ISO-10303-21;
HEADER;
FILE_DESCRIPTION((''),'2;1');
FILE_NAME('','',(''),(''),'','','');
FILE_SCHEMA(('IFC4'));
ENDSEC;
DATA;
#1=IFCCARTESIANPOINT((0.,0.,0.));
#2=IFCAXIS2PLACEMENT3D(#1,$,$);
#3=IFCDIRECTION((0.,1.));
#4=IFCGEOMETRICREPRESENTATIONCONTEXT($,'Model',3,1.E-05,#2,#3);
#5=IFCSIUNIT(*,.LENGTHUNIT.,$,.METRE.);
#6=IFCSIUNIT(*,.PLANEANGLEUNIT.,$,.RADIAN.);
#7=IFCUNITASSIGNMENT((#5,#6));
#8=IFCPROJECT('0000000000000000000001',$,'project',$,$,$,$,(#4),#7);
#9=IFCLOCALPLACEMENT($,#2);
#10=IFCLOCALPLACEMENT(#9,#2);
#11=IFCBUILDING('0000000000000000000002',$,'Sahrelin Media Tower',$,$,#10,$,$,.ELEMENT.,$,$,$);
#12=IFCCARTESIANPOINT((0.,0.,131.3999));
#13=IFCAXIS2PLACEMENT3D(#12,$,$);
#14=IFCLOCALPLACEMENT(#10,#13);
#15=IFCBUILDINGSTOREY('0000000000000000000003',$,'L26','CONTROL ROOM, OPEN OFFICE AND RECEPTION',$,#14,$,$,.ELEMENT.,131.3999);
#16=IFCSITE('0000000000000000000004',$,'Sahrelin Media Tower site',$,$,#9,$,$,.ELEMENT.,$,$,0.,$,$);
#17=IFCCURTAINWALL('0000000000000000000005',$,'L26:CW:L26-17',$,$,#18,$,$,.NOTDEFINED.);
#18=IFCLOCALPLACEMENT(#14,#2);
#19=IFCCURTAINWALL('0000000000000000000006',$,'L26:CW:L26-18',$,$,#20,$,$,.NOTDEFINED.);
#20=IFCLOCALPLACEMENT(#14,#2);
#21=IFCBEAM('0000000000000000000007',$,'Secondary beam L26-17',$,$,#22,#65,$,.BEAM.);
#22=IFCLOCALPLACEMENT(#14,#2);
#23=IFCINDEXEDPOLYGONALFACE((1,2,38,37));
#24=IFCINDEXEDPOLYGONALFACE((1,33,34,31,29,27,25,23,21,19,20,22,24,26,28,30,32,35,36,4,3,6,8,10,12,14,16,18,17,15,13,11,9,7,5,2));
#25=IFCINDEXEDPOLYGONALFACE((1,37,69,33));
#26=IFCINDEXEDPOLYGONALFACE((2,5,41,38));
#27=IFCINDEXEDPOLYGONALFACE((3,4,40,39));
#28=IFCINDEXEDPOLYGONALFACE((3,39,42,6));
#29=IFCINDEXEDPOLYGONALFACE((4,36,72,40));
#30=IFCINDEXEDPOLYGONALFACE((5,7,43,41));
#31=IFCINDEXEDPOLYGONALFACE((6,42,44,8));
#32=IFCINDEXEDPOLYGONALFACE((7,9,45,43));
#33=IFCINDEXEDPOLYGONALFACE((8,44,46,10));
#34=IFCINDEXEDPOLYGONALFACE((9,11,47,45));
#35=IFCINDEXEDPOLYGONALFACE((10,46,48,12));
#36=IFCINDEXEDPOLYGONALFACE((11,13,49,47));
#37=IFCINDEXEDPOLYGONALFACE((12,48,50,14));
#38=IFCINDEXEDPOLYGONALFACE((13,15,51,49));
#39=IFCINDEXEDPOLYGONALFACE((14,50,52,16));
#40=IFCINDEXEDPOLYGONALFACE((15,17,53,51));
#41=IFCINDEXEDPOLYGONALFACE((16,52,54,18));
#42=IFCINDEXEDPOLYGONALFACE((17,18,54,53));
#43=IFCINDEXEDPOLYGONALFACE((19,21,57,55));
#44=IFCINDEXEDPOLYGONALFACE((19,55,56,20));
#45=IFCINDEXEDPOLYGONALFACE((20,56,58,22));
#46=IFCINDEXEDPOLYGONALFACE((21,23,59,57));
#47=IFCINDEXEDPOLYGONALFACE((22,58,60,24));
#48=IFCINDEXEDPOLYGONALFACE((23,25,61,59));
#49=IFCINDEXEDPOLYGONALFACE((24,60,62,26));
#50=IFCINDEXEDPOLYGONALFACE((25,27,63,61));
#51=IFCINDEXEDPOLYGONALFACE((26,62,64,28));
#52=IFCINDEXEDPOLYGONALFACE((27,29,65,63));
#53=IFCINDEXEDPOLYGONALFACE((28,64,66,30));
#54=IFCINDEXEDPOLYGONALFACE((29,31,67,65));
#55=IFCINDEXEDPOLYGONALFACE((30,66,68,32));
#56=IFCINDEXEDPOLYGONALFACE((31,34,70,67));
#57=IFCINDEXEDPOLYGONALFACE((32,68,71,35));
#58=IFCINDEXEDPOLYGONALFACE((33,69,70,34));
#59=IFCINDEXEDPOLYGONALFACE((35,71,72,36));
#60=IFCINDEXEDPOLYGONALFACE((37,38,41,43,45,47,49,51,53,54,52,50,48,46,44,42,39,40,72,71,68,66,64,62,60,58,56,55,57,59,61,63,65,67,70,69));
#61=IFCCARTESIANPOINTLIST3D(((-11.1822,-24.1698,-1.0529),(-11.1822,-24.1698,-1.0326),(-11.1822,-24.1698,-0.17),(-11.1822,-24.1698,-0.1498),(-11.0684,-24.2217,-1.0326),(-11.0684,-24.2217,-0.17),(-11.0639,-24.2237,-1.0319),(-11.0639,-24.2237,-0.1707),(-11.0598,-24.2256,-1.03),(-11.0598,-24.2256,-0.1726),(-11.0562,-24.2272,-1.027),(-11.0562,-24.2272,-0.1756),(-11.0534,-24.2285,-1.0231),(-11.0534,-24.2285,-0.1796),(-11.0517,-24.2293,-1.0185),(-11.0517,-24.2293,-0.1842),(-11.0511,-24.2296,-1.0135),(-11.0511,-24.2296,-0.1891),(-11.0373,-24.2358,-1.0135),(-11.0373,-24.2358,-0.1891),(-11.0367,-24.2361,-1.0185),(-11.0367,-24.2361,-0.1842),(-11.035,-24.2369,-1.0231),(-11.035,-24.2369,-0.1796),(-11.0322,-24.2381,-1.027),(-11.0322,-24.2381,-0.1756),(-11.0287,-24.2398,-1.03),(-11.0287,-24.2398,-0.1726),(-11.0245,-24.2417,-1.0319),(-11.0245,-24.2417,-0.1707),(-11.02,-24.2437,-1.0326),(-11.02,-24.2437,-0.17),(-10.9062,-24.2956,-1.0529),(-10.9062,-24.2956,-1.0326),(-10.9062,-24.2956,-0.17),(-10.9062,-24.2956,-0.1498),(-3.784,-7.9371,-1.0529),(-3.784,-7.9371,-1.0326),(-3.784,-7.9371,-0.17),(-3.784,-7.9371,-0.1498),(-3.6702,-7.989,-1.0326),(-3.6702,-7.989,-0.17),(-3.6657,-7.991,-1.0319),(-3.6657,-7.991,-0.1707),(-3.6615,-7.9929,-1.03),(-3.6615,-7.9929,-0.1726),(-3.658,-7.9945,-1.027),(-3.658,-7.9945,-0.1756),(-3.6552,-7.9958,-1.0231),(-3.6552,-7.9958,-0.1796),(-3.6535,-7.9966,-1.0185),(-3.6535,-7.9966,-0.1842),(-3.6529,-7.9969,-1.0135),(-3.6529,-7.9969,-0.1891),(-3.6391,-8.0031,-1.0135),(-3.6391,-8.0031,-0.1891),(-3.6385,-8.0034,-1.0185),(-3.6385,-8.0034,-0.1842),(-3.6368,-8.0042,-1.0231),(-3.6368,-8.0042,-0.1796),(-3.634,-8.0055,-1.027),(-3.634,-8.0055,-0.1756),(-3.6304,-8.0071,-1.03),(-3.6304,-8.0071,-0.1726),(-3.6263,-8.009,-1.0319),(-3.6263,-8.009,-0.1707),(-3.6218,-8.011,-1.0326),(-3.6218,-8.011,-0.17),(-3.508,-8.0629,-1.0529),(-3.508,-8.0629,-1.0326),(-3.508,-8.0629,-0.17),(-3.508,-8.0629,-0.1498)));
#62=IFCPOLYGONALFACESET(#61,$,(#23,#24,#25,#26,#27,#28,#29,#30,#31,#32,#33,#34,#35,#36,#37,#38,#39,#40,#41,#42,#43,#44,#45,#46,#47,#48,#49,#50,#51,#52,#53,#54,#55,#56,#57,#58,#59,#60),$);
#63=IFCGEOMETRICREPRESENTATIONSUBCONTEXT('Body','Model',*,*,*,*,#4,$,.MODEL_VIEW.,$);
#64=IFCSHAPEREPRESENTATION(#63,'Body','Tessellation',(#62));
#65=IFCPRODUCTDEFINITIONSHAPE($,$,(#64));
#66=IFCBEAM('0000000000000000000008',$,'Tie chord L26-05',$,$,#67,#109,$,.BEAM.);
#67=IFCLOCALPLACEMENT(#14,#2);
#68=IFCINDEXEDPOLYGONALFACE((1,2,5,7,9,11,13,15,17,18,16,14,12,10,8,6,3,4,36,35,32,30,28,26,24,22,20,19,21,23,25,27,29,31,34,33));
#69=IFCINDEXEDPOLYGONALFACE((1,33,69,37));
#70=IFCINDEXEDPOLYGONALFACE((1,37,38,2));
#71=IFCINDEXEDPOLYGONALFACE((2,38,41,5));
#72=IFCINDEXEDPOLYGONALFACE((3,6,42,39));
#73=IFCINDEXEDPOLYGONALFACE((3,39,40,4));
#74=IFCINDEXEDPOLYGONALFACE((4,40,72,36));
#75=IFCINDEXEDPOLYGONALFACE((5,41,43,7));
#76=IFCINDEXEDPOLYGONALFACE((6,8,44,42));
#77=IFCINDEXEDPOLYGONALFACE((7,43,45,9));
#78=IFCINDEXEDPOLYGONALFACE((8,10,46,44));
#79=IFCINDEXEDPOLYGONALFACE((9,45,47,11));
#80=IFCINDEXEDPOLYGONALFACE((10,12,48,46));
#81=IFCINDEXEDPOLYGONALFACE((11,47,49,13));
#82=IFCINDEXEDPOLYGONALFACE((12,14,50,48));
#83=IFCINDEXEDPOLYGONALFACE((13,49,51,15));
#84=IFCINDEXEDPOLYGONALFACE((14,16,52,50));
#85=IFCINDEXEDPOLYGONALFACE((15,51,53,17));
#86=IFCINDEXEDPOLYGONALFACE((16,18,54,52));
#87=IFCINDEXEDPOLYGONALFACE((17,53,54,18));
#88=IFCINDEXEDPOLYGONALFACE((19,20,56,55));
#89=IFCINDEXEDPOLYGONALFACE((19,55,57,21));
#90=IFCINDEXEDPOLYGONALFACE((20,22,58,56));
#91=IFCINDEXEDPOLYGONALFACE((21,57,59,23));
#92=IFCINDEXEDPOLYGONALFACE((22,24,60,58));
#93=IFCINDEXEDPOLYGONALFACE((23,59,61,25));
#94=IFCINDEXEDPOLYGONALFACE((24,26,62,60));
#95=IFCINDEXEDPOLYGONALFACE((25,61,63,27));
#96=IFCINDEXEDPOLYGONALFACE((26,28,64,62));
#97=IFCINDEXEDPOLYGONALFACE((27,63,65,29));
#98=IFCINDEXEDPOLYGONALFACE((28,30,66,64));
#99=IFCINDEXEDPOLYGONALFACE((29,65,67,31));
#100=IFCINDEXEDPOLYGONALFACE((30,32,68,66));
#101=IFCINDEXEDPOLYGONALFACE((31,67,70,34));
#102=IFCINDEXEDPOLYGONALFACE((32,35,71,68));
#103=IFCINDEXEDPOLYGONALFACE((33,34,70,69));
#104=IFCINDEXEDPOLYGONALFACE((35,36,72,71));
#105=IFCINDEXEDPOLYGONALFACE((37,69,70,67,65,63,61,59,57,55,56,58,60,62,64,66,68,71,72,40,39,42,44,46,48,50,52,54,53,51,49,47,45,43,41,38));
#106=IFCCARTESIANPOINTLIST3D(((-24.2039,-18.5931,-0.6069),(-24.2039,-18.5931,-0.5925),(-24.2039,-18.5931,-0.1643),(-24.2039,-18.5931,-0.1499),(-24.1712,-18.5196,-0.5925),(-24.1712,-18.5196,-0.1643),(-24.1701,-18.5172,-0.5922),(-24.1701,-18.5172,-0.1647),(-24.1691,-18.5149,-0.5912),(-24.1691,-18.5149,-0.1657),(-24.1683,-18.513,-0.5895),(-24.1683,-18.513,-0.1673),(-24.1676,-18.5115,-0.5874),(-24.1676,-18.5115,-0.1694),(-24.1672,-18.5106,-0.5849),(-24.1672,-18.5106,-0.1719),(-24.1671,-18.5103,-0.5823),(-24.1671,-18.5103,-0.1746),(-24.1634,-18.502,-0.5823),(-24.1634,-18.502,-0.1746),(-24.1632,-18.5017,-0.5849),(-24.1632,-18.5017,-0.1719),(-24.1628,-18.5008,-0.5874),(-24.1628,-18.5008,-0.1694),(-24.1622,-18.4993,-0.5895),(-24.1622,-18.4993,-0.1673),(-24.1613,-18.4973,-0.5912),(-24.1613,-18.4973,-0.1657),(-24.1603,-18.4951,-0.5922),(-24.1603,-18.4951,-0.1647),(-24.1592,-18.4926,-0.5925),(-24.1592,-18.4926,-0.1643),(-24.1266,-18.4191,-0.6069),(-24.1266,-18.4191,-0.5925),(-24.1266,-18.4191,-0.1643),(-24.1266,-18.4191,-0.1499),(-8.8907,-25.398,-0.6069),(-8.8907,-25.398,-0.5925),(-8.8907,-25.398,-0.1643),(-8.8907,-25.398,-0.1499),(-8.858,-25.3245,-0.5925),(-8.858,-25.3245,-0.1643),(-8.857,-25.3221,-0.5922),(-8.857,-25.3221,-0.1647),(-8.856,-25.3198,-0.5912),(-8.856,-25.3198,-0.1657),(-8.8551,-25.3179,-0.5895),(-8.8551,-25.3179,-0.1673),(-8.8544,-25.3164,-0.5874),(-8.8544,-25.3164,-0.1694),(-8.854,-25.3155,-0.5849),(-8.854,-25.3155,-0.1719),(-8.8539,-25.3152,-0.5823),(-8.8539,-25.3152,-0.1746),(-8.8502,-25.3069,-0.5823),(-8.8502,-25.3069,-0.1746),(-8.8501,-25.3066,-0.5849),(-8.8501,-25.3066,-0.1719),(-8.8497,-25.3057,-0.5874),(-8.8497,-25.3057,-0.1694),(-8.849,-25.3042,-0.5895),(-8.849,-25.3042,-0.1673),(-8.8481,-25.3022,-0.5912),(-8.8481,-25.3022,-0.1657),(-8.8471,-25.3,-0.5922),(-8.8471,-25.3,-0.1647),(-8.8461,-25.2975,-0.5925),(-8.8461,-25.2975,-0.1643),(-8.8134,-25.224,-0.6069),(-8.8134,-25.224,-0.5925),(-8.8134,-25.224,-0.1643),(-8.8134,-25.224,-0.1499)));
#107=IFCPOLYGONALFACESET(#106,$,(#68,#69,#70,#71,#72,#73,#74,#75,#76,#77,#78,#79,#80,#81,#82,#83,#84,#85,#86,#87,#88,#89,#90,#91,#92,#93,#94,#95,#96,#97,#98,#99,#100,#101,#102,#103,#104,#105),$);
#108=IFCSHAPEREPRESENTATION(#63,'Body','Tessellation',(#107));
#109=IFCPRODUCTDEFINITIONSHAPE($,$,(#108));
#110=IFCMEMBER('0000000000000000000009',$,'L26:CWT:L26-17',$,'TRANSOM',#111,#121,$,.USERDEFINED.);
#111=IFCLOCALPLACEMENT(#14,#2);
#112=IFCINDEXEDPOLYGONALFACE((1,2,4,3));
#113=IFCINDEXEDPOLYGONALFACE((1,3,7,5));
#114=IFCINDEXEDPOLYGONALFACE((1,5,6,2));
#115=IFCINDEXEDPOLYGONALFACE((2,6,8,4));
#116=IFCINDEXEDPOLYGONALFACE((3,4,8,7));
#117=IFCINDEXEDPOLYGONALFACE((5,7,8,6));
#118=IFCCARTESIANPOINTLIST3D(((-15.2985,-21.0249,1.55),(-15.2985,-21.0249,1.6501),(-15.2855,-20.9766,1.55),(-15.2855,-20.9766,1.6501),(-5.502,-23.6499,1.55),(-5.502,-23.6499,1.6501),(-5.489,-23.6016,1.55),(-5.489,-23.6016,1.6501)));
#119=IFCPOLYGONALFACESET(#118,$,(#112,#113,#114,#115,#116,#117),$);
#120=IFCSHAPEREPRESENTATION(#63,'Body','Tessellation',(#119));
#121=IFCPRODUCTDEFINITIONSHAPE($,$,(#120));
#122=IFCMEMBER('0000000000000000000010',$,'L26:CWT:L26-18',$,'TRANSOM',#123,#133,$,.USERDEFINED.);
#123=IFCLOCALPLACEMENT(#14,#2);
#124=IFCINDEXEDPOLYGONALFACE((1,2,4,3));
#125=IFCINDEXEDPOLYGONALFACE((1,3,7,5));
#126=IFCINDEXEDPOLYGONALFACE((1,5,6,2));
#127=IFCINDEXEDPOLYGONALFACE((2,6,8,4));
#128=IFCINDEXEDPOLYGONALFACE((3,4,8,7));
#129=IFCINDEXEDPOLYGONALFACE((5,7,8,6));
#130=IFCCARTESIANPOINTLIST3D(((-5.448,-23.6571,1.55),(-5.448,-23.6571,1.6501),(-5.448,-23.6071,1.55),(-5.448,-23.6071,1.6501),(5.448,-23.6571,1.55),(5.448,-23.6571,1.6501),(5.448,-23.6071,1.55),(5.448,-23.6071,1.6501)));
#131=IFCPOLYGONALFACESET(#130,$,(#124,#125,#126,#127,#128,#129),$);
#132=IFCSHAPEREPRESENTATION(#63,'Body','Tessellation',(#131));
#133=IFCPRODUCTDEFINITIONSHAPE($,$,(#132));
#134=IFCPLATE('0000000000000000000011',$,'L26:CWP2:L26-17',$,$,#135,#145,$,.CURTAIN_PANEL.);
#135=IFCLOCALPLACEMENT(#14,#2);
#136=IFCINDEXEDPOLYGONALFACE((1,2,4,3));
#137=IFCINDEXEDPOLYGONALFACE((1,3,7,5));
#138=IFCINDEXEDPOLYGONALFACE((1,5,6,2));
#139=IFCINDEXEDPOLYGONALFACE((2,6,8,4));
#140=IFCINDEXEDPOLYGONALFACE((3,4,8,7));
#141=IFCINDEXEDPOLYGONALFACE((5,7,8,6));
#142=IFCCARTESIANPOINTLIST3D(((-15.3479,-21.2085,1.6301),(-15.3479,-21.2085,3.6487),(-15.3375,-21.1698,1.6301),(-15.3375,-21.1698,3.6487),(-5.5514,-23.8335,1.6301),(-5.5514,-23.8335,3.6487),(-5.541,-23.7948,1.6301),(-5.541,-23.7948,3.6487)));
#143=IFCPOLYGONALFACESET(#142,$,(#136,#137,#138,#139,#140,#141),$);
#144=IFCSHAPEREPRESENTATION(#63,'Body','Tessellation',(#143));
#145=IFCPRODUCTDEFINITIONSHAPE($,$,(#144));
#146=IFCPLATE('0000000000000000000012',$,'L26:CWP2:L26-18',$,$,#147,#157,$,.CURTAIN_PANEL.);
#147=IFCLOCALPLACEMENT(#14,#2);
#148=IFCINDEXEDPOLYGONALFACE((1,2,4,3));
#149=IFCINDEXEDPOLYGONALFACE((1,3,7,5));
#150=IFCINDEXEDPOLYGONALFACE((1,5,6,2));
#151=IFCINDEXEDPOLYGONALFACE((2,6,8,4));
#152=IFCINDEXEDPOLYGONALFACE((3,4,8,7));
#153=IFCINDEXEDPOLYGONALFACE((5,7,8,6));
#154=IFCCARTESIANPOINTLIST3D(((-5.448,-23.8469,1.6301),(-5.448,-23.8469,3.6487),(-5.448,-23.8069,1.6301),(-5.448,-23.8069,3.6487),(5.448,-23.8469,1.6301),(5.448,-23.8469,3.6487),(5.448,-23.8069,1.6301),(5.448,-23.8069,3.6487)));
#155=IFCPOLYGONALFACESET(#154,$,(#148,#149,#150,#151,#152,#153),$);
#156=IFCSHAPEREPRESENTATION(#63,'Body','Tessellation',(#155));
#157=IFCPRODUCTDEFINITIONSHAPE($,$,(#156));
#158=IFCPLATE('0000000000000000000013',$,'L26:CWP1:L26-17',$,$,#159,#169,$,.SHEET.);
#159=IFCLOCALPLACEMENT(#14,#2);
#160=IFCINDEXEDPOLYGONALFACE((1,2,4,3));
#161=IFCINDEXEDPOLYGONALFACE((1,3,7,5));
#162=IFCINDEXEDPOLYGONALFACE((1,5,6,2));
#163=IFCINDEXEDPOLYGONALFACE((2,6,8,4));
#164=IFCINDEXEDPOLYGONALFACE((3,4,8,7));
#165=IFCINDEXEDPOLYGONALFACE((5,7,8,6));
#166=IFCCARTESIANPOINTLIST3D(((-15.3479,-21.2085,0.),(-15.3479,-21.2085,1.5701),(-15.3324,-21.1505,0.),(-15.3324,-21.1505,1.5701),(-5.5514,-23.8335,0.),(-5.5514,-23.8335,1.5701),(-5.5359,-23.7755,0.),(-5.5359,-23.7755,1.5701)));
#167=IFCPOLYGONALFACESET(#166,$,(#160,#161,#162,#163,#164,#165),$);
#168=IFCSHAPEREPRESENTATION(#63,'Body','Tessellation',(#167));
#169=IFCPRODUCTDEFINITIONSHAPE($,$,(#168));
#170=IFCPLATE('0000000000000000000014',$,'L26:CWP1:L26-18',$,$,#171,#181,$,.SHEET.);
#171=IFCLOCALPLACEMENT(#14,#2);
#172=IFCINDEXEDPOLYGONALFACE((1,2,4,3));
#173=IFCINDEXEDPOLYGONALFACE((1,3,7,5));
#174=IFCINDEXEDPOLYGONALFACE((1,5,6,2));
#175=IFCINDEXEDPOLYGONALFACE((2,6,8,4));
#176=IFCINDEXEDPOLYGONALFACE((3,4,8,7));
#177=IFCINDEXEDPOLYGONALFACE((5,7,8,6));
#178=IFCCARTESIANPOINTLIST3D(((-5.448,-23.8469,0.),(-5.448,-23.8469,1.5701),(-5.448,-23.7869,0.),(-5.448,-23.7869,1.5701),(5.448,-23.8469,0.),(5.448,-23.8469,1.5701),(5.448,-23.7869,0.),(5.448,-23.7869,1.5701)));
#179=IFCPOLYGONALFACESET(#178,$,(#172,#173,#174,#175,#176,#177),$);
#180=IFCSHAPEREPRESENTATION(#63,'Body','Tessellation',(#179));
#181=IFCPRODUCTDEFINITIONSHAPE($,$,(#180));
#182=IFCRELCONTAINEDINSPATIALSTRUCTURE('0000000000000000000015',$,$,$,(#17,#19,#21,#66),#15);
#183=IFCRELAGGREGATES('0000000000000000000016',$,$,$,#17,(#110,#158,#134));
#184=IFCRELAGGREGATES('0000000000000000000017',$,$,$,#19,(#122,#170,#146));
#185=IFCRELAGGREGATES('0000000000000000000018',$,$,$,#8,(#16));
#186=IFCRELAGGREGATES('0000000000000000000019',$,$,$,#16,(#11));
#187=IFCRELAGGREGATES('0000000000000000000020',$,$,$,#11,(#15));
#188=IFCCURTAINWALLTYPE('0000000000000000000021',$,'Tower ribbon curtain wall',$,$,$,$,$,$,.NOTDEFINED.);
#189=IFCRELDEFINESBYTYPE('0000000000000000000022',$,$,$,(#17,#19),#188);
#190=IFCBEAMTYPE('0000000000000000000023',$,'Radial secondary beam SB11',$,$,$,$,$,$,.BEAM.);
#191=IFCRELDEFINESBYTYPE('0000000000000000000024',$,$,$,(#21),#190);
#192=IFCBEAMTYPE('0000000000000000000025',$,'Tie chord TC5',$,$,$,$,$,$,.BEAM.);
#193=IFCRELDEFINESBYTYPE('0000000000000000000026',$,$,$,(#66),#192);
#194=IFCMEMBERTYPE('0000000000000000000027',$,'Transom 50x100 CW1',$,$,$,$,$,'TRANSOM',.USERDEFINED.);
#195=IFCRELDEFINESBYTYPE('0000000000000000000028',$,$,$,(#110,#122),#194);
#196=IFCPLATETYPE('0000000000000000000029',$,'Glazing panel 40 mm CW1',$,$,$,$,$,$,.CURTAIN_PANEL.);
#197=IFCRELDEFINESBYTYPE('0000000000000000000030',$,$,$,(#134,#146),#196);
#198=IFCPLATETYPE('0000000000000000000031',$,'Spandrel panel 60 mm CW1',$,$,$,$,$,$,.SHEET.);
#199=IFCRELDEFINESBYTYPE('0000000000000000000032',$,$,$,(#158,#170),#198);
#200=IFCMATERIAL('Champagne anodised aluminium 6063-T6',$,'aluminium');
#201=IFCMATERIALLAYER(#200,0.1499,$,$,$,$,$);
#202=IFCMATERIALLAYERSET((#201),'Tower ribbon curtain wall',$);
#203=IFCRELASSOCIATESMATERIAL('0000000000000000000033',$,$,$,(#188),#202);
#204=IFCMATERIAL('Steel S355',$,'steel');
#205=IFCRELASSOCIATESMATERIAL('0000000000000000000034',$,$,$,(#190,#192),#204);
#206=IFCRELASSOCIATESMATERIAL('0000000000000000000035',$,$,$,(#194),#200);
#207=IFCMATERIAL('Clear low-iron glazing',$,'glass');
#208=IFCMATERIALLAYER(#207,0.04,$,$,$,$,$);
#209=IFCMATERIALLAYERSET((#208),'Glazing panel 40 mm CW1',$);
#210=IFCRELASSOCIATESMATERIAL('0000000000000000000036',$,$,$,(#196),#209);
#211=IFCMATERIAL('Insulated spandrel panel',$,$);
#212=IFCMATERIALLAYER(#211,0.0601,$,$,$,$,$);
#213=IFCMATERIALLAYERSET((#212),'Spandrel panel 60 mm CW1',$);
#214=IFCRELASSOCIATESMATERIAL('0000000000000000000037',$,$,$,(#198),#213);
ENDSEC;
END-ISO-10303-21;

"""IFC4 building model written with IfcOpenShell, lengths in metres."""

from ifc_helpers import new_model, si_unit, direction, frame, origin, origin_2d, place, context, subcontext, project, spatial, polyline, rectangle, i_section, outline, extrude, material, layer, layer_set, material_profile, profile_set, type_object, element, aggregate, save


model = new_model("IFC4")

# Units and contexts
model_context = context("Model", 3, precision=1e-05, world=origin(), true_north=direction((0.0, 1.0)))
body_context = subcontext(model_context, "Body", "Model", "MODEL_VIEW")
ifc_project = project(units=[si_unit("LENGTHUNIT", "METRE"), si_unit("PLANEANGLEUNIT", "RADIAN")], contexts=[model_context])

# Site, building, storey
site_placement = place(None, origin())
site = spatial("IfcSite", under=ifc_project, at=site_placement, Name="Sahrelin Media Tower site", CompositionType="ELEMENT", RefElevation=0.0)
building_placement = place(site_placement, origin())
building = spatial("IfcBuilding", under=site, at=building_placement, Name="Sahrelin Media Tower", CompositionType="ELEMENT")
storey_placement = place(building_placement, frame((0.0, 0.0, 131.3999)))
storey = spatial("IfcBuildingStorey", under=building, at=storey_placement, Name="L26", Description="CONTROL ROOM, OPEN OFFICE AND RECEPTION", CompositionType="ELEMENT", Elevation=131.3999)

# Shared definitions
ifc_material_1 = material(Name="Steel S355", Category="steel")

# Curtain walls
ifc_material_2 = material(Name="Champagne anodised aluminium 6063-T6", Category="aluminium")
ifc_layer_1 = layer(ifc_material_2, 0.1499)
ifc_layer_set_1 = layer_set([ifc_layer_1], Name="Tower ribbon curtain wall")
curtain_wall_type = type_object("IfcCurtainWallType", Name="Tower ribbon curtain wall", PredefinedType="NOTDEFINED", material=ifc_layer_set_1)
curtain_wall_1_placement = place(storey_placement, frame((-10.4443, -22.5017, 0.0), z_axis=(0.0, 0.0, 1.0), x_axis=(1.0, 0.0, 0.0)))
curtain_wall_1 = element("IfcCurtainWall", 1, at=curtain_wall_1_placement, inside=storey, type_object=curtain_wall_type, Name="L26:CW:L26-17", PredefinedType="NOTDEFINED")
curtain_wall_2_placement = place(storey_placement, frame((0.0, -23.8269, 0.0), z_axis=(0.0, 0.0, 1.0), x_axis=(1.0, 0.0, 0.0)))
curtain_wall_2 = element("IfcCurtainWall", 2, at=curtain_wall_2_placement, inside=storey, type_object=curtain_wall_type, Name="L26:CW:L26-18", PredefinedType="NOTDEFINED")

# Beams
ifc_material_profile_1 = material_profile(ifc_material_1, i_section(OverallWidth=0.3032, OverallDepth=0.9031, WebThickness=0.0151, FlangeThickness=0.0203, FilletRadius=0.019, at=origin_2d()), Name="UB 914x305x201")
ifc_profile_set_1 = profile_set([ifc_material_profile_1], Name="Steel S355")
beam_type_1 = type_object("IfcBeamType", Name="Radial secondary beam SB11", PredefinedType="BEAM", material=ifc_profile_set_1)
beam_1_placement = place(storey_placement, frame((-3.646, -8.0, -0.6013), z_axis=(-0.414718, -0.90995, 0.0), x_axis=(0.90995, -0.414718, 0.0)))
element("IfcBeam", 3, at=beam_1_placement, inside=storey, type_object=beam_type_1, Name="Secondary beam L26-17", PredefinedType="BEAM", context=body_context, shape_type="SweptSolid", body=[
    extrude(i_section(OverallWidth=0.3032, OverallDepth=0.9031, WebThickness=0.0151, FlangeThickness=0.0203, FilletRadius=0.019, at=origin_2d()), origin(), (0.0, 0.0, 1.0), 17.8391),
])
ifc_material_profile_2 = material_profile(ifc_material_1, i_section(OverallWidth=0.1904, OverallDepth=0.457, WebThickness=0.009, FlangeThickness=0.0144, FilletRadius=0.0103, at=origin_2d()), Name="UB 457x191x74")
ifc_profile_set_2 = profile_set([ifc_material_profile_2], Name="Steel S355")
beam_type_2 = type_object("IfcBeamType", Name="Tie chord TC5", PredefinedType="BEAM", material=ifc_profile_set_2)
beam_2_placement = place(storey_placement, frame((-8.8521, -25.311, -0.3784), z_axis=(-0.913833, 0.406091, 0.0), x_axis=(-0.406091, -0.913833, 0.0)))
element("IfcBeam", 4, at=beam_2_placement, inside=storey, type_object=beam_type_2, Name="Tie chord L26-05", PredefinedType="BEAM", context=body_context, shape_type="SweptSolid", body=[
    extrude(i_section(OverallWidth=0.1904, OverallDepth=0.457, WebThickness=0.009, FlangeThickness=0.0144, FilletRadius=0.0103, at=origin_2d()), origin(), (0.0, 0.0, 1.0), 16.7571),
])

# Members
ifc_material_profile_3 = material_profile(ifc_material_2, rectangle(XDim=0.05, YDim=0.1001, at=origin_2d()), Name="Transom 50x100")
ifc_profile_set_3 = profile_set([ifc_material_profile_3], Name="Champagne anodised aluminium 6063-T6")
member_type_1 = type_object("IfcMemberType", Name="Transom 50x100 CW1", ElementType="TRANSOM", PredefinedType="USERDEFINED", material=ifc_profile_set_3)
member_1_placement = place(storey_placement, frame((-15.292, -21.0007, 1.6001), z_axis=(0.965924, -0.258825, 0.0), x_axis=(0.258825, 0.965924, 0.0)))
member_1 = element("IfcMember", 5, at=member_1_placement, type_object=member_type_1, Name="L26:CWT:L26-17", ObjectType="TRANSOM", PredefinedType="USERDEFINED", context=body_context, shape_type="SweptSolid", body=[
    extrude(rectangle(XDim=0.05, YDim=0.1001, at=origin_2d()), origin(), (0.0, 0.0, 1.0), 10.1421),
])
member_2_placement = place(storey_placement, frame((-5.448, -23.6321, 1.6001), z_axis=(1.0, 0.0, 0.0), x_axis=(0.0, 1.0, 0.0)))
member_2 = element("IfcMember", 6, at=member_2_placement, type_object=member_type_1, Name="L26:CWT:L26-18", ObjectType="TRANSOM", PredefinedType="USERDEFINED", context=body_context, shape_type="SweptSolid", body=[
    extrude(rectangle(XDim=0.05, YDim=0.1001, at=origin_2d()), origin(), (0.0, 0.0, 1.0), 10.896),
])

# Plates
ifc_material_3 = material(Name="Clear low-iron glazing", Category="glass")
ifc_layer_2 = layer(ifc_material_3, 0.04)
ifc_layer_set_2 = layer_set([ifc_layer_2], Name="Glazing panel 40 mm CW1")
plate_type_1 = type_object("IfcPlateType", Name="Glazing panel 40 mm CW1", PredefinedType="CURTAIN_PANEL", material=ifc_layer_set_2)
plate_1_placement = place(storey_placement, frame((-15.3479, -21.2085, 1.6301), z_axis=(-0.258825, -0.965924, 0.0), x_axis=(0.965924, -0.258825, 0.0)))
plate_1 = element("IfcPlate", 7, at=plate_1_placement, type_object=plate_type_1, Name="L26:CWP2:L26-17", PredefinedType="CURTAIN_PANEL", context=body_context, shape_type="SweptSolid", body=[
    extrude(outline(polyline([(0.0, 0.0), (10.1421, 0.0), (10.1421, 2.0186), (0.0, 2.0186), (0.0, 0.0)])), origin(), (0.0, 0.0, -1.0), 0.04),
])
plate_2_placement = place(storey_placement, frame((-5.448, -23.8469, 1.6301), z_axis=(0.0, -1.0, 0.0), x_axis=(1.0, 0.0, 0.0)))
plate_2 = element("IfcPlate", 8, at=plate_2_placement, type_object=plate_type_1, Name="L26:CWP2:L26-18", PredefinedType="CURTAIN_PANEL", context=body_context, shape_type="SweptSolid", body=[
    extrude(outline(polyline([(0.0, 0.0), (10.896, 0.0), (10.896, 2.0186), (0.0, 2.0186), (0.0, 0.0)])), origin(), (0.0, 0.0, -1.0), 0.04),
])
ifc_material_4 = material(Name="Insulated spandrel panel")
ifc_layer_3 = layer(ifc_material_4, 0.0601)
ifc_layer_set_3 = layer_set([ifc_layer_3], Name="Spandrel panel 60 mm CW1")
plate_type_2 = type_object("IfcPlateType", Name="Spandrel panel 60 mm CW1", PredefinedType="SHEET", material=ifc_layer_set_3)
plate_3_placement = place(storey_placement, frame((-15.3479, -21.2085, 0.0), z_axis=(-0.258825, -0.965924, 0.0), x_axis=(0.965924, -0.258825, 0.0)))
plate_3 = element("IfcPlate", 9, at=plate_3_placement, type_object=plate_type_2, Name="L26:CWP1:L26-17", PredefinedType="SHEET", context=body_context, shape_type="SweptSolid", body=[
    extrude(outline(polyline([(0.0, 0.0), (10.1421, 0.0), (10.1421, 1.5701), (0.0, 1.5701), (0.0, 0.0)])), origin(), (0.0, 0.0, -1.0), 0.0601),
])
aggregate(curtain_wall_1, [member_1, plate_3, plate_1])
plate_4_placement = place(storey_placement, frame((-5.448, -23.8469, 0.0), z_axis=(0.0, -1.0, 0.0), x_axis=(1.0, 0.0, 0.0)))
plate_4 = element("IfcPlate", 10, at=plate_4_placement, type_object=plate_type_2, Name="L26:CWP1:L26-18", PredefinedType="SHEET", context=body_context, shape_type="SweptSolid", body=[
    extrude(outline(polyline([(0.0, 0.0), (10.896, 0.0), (10.896, 1.5701), (0.0, 1.5701), (0.0, 0.0)])), origin(), (0.0, 0.0, -1.0), 0.0601),
])
aggregate(curtain_wall_2, [member_2, plate_4, plate_2])

save(model, "model.ifc")
